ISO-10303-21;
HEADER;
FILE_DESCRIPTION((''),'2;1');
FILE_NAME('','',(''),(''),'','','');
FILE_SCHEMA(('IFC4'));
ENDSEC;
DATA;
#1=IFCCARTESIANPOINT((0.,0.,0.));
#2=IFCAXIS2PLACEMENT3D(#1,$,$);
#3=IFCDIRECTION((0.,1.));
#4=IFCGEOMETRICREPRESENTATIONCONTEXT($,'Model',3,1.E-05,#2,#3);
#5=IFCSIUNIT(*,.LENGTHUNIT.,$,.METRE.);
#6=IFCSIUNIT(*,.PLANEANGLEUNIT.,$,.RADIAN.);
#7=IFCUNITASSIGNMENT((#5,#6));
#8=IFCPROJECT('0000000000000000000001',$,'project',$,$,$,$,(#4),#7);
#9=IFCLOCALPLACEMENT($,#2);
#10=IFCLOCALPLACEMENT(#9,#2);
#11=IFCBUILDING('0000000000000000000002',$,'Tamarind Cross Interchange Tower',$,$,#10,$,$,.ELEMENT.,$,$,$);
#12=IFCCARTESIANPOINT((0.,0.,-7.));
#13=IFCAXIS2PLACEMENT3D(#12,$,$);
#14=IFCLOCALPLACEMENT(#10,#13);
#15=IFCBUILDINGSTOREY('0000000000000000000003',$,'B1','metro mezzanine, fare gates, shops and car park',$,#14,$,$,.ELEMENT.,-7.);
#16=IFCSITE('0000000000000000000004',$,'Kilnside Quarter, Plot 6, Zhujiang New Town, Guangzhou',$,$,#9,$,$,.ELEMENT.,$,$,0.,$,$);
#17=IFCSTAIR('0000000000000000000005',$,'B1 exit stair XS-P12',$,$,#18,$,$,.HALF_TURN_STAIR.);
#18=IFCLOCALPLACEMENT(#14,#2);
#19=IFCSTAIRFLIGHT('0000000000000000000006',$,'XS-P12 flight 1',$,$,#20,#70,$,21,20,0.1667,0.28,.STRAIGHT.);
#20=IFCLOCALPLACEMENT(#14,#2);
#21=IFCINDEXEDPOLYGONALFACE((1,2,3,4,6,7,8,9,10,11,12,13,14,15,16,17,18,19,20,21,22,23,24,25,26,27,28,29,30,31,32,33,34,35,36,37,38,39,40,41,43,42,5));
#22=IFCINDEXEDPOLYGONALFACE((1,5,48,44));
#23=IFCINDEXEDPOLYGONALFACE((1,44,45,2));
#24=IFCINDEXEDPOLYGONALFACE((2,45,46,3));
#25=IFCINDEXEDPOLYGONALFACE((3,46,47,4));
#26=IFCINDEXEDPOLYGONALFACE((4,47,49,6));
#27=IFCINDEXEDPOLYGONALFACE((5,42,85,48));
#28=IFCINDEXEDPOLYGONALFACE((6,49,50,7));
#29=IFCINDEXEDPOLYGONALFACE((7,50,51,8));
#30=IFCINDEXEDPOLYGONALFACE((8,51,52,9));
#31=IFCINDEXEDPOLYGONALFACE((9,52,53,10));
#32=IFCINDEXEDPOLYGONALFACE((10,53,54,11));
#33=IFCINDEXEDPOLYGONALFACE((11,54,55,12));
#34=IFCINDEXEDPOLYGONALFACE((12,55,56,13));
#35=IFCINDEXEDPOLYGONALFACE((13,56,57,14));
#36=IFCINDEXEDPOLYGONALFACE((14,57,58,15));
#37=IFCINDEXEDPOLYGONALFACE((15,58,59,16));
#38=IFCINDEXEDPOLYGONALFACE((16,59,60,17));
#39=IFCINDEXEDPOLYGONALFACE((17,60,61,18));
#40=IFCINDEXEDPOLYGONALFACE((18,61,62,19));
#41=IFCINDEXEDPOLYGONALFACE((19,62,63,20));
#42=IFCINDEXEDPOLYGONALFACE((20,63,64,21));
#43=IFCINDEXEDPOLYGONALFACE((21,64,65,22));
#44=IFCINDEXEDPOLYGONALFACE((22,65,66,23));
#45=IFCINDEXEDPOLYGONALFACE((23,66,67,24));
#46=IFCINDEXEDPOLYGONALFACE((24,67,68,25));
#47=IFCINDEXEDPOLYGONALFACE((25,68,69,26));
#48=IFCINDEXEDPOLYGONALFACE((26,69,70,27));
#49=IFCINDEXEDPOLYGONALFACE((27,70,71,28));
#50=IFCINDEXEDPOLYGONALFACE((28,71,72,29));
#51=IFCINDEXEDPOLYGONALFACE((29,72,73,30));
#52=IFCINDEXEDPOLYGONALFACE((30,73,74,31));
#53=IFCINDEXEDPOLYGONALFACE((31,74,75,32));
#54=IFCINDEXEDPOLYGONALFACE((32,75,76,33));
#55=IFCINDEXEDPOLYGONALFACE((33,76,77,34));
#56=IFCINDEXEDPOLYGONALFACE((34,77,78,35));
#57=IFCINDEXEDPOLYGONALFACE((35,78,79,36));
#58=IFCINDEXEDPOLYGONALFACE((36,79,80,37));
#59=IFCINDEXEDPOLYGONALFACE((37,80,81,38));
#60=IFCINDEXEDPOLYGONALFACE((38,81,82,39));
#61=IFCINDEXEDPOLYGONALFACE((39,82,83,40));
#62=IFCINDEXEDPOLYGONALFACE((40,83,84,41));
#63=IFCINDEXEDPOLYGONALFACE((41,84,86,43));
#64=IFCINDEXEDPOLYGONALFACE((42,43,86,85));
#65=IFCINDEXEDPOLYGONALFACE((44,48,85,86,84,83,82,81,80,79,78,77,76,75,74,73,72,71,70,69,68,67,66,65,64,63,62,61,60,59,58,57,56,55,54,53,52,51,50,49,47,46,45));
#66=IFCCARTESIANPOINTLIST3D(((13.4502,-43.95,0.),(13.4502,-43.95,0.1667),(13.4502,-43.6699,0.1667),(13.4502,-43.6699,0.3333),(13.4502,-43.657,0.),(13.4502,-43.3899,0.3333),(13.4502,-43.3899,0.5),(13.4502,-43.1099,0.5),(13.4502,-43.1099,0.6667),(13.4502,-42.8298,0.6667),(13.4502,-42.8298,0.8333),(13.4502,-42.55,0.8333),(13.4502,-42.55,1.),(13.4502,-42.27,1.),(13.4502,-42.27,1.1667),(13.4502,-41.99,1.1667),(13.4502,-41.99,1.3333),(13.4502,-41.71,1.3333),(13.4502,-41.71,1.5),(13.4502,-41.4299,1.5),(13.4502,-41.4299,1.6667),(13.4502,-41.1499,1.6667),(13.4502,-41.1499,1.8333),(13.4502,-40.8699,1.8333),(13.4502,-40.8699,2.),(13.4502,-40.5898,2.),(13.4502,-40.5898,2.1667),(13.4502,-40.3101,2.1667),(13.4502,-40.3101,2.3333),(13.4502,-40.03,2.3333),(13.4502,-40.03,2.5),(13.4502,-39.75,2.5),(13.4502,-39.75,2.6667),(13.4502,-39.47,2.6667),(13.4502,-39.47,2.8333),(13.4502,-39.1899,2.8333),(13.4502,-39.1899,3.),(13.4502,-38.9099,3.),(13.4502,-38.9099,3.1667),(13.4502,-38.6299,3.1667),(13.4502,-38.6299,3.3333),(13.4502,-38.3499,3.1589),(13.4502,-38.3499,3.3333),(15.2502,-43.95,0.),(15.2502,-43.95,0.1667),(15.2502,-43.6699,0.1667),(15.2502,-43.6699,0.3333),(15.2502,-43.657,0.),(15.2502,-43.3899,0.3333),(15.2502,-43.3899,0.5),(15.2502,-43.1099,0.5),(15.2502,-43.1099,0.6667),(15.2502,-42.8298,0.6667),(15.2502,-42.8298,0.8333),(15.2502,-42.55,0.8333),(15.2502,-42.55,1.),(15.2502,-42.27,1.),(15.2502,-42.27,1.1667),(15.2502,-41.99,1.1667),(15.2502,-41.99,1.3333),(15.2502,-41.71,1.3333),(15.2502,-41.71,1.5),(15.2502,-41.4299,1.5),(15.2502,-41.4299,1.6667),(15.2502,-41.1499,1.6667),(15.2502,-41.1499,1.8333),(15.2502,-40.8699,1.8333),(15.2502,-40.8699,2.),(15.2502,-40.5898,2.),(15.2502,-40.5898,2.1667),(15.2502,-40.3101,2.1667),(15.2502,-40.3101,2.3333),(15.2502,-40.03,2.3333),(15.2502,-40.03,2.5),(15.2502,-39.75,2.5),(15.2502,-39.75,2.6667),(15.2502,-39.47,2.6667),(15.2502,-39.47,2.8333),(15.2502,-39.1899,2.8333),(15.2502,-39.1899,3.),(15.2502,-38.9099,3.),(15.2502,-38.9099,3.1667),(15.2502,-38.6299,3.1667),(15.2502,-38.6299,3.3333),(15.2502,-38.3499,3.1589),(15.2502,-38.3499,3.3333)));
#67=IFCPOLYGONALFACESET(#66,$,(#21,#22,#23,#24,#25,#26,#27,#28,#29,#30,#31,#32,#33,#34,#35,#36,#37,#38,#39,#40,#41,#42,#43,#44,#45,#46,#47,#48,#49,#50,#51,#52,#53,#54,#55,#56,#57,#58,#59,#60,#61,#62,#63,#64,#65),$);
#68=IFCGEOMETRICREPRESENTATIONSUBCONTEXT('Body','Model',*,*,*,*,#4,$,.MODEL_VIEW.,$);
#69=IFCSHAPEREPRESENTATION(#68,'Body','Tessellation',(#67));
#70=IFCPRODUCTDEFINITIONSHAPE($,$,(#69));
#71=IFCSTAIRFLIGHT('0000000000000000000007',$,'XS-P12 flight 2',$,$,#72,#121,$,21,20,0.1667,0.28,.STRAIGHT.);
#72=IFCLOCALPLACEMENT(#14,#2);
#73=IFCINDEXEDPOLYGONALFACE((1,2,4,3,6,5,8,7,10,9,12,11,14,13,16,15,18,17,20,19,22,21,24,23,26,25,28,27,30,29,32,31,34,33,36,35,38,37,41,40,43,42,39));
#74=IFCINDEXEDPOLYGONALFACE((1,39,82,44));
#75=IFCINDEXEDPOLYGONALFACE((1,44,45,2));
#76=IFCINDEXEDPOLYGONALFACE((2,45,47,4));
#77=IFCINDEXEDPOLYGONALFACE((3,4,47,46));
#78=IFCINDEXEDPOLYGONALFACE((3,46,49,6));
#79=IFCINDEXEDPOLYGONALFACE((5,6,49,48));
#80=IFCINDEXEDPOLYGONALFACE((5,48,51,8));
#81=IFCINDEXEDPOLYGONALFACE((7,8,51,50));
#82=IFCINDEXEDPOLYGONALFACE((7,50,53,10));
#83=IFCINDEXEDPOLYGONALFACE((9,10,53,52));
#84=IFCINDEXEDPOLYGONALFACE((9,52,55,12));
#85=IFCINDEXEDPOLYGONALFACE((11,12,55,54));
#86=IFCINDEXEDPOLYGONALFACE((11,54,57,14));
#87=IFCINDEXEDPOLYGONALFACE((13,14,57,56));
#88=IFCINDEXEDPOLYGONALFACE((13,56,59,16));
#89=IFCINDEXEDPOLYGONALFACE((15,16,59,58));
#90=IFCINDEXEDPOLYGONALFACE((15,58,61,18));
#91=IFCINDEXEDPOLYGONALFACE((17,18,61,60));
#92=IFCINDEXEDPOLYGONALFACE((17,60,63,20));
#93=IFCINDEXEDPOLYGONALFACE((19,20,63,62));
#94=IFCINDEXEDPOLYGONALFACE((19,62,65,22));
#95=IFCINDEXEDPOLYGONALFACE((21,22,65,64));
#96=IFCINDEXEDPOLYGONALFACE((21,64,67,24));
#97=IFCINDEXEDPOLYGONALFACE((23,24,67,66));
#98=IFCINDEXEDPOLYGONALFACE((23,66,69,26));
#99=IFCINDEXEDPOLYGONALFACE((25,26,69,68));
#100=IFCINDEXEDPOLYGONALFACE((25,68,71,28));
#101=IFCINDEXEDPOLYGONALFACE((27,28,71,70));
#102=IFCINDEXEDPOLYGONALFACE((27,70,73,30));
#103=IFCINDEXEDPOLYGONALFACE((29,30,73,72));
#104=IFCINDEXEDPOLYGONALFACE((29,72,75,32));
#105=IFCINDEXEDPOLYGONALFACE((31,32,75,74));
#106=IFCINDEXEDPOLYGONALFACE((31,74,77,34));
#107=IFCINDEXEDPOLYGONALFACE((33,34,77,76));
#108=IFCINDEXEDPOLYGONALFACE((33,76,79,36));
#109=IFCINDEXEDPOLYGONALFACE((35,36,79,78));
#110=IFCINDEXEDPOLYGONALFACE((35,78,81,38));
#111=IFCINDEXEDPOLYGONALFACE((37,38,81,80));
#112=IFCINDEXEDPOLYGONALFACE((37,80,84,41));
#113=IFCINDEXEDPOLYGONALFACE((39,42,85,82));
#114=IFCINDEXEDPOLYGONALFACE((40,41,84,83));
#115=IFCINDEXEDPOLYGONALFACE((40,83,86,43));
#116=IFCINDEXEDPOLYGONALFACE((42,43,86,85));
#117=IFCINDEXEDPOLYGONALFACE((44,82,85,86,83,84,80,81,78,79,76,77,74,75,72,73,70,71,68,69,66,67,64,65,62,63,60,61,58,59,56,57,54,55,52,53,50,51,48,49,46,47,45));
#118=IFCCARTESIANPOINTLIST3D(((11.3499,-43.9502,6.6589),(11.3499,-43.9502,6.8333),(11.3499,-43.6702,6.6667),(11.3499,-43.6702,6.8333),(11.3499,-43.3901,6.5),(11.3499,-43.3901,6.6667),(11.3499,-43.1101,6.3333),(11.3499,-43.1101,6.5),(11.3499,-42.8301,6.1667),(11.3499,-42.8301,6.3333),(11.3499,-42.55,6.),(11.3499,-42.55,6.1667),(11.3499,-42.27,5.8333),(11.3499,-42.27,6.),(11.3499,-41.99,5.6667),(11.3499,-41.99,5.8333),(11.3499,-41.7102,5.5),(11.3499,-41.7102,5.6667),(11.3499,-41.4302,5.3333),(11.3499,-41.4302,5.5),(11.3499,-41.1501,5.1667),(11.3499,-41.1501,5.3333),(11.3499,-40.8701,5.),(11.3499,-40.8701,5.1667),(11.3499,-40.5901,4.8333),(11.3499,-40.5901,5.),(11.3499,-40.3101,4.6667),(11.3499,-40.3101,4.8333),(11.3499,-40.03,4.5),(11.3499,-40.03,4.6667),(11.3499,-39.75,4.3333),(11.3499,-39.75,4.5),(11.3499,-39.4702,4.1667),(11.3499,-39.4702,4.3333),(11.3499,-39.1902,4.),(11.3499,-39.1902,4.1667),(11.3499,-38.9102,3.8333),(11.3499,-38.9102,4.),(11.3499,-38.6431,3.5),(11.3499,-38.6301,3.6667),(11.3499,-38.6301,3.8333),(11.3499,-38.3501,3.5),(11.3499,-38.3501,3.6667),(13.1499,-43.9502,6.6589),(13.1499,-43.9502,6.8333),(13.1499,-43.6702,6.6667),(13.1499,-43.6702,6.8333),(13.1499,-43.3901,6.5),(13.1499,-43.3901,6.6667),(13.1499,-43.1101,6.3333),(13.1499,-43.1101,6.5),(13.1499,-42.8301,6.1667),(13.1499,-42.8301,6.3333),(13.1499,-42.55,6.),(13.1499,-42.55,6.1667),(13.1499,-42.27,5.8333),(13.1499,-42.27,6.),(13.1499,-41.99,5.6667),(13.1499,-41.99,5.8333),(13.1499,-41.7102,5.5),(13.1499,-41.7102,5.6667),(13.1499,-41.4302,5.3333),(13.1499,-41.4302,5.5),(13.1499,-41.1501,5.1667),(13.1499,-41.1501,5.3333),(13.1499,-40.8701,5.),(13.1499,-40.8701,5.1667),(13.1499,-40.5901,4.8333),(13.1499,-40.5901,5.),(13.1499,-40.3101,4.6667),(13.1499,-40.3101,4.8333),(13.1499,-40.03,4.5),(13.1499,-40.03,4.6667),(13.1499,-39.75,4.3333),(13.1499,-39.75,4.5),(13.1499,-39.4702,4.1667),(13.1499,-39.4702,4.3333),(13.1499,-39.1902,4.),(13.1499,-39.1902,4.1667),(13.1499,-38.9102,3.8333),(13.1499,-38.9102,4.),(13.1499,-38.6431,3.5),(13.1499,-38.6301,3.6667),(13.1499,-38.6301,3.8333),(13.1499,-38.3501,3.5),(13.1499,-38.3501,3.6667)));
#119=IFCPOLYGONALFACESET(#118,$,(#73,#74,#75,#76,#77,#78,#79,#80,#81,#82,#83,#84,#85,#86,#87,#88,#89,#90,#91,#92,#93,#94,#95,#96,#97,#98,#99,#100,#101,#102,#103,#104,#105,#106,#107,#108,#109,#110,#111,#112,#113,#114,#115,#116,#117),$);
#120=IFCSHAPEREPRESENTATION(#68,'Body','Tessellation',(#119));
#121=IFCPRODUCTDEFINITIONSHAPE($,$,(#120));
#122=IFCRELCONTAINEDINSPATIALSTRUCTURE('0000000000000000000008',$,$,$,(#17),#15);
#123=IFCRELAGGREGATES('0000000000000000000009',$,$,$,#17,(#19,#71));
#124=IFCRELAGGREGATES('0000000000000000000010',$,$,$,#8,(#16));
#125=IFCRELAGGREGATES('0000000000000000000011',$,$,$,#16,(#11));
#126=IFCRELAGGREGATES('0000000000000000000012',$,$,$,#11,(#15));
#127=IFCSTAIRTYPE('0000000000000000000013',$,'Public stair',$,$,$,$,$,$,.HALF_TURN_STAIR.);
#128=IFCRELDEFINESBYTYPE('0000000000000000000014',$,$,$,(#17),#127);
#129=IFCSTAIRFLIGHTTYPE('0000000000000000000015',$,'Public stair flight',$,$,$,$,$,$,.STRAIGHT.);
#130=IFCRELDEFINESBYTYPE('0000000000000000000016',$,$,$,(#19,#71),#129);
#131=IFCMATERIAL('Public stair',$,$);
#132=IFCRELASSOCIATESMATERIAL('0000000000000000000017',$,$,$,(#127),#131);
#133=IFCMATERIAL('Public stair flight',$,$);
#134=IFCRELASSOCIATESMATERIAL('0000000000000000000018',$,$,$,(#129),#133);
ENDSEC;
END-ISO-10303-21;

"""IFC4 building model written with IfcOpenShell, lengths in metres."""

from ifc_helpers import new_model, si_unit, direction, frame, origin, place, context, subcontext, project, spatial, polyline, outline, extrude, material, type_object, element, aggregate, save


model = new_model("IFC4")

# Units and contexts
model_context = context("Model", 3, precision=1e-05, world=origin(), true_north=direction((0.0, 1.0)))
body_context = subcontext(model_context, "Body", "Model", "MODEL_VIEW")
ifc_project = project(units=[si_unit("LENGTHUNIT", "METRE"), si_unit("PLANEANGLEUNIT", "RADIAN")], contexts=[model_context])

# Site, building, storey
site_placement = place(None, origin())
site = spatial("IfcSite", under=ifc_project, at=site_placement, Name="Kilnside Quarter, Plot 6, Zhujiang New Town, Guangzhou", CompositionType="ELEMENT", RefElevation=0.0)
building_placement = place(site_placement, origin())
building = spatial("IfcBuilding", under=site, at=building_placement, Name="Tamarind Cross Interchange Tower", CompositionType="ELEMENT")
storey_placement = place(building_placement, frame((0.0, 0.0, -7.0)))
storey = spatial("IfcBuildingStorey", under=building, at=storey_placement, Name="B1", Description="metro mezzanine, fare gates, shops and car park", CompositionType="ELEMENT", Elevation=-7.0)

# Stair, stair flights
ifc_material_1 = material(Name="Public stair")
stair_type = type_object("IfcStairType", Name="Public stair", PredefinedType="HALF_TURN_STAIR", material=ifc_material_1)
stair_placement = place(storey_placement, origin())
stair = element("IfcStair", 1, at=stair_placement, inside=storey, type_object=stair_type, Name="B1 exit stair XS-P12", PredefinedType="HALF_TURN_STAIR")
ifc_material_2 = material(Name="Public stair flight")
stair_flight_type = type_object("IfcStairFlightType", Name="Public stair flight", PredefinedType="STRAIGHT", material=ifc_material_2)
stair_flight_1_placement = place(storey_placement, frame((14.3501, -43.95, 0.0), z_axis=(0.0, 0.0, 1.0), x_axis=(0.0, 1.0, 0.0)))
stair_flight_1 = element("IfcStairFlight", 2, at=stair_flight_1_placement, type_object=stair_flight_type, Name="XS-P12 flight 1", NumberOfRisers=21, NumberOfTreads=20, PredefinedType="STRAIGHT", RiserHeight=0.1667, TreadLength=0.28, context=body_context, shape_type="SweptSolid", body=[
    extrude(outline(polyline([(0.0, 0.0), (0.0, 0.1667), (0.28, 0.1667), (0.28, 0.3333), (0.5601, 0.3333), (0.5601, 0.5), (0.8401, 0.5), (0.8401, 0.6667), (1.1201, 0.6667), (1.1201, 0.8333), (1.3999, 0.8333), (1.3999, 1.0), (1.6799, 1.0), (1.6799, 1.1667), (1.96, 1.1667), (1.96, 1.3333), (2.24, 1.3333), (2.24, 1.5), (2.52, 1.5), (2.52, 1.6667), (2.8, 1.6667), (2.8, 1.8333), (3.0801, 1.8333), (3.0801, 2.0), (3.3601, 2.0), (3.3601, 2.1667), (3.6399, 2.1667), (3.6399, 2.3333), (3.9199, 2.3333), (3.9199, 2.5), (4.2, 2.5), (4.2, 2.6667), (4.48, 2.6667), (4.48, 2.8333), (4.76, 2.8333), (4.76, 3.0), (5.04, 3.0), (5.04, 3.1667), (5.3201, 3.1667), (5.3201, 3.3333), (5.6001, 3.3333), (5.6001, 3.5), (5.6001, 3.1589), (0.293, 0.0), (0.0, 0.0)])), frame((0.0, 0.8999, 0.0), z_axis=(0.0, -1.0, 0.0), x_axis=(1.0, 0.0, 0.0)), (0.0, 0.0, 1.0), 1.8),
])
stair_flight_2_placement = place(storey_placement, frame((12.25, -38.3501, 3.5), z_axis=(0.0, 0.0, 1.0), x_axis=(0.0, -1.0, 0.0)))
stair_flight_2 = element("IfcStairFlight", 3, at=stair_flight_2_placement, type_object=stair_flight_type, Name="XS-P12 flight 2", NumberOfRisers=21, NumberOfTreads=20, PredefinedType="STRAIGHT", RiserHeight=0.1667, TreadLength=0.28, context=body_context, shape_type="SweptSolid", body=[
    extrude(outline(polyline([(0.0, 0.0), (0.0, 0.1667), (0.28, 0.1667), (0.28, 0.3333), (0.5601, 0.3333), (0.5601, 0.5), (0.8401, 0.5), (0.8401, 0.6667), (1.1201, 0.6667), (1.1201, 0.8333), (1.3999, 0.8333), (1.3999, 1.0), (1.6799, 1.0), (1.6799, 1.1667), (1.96, 1.1667), (1.96, 1.3333), (2.24, 1.3333), (2.24, 1.5), (2.52, 1.5), (2.52, 1.6667), (2.8, 1.6667), (2.8, 1.8333), (3.0801, 1.8333), (3.0801, 2.0), (3.3601, 2.0), (3.3601, 2.1667), (3.6399, 2.1667), (3.6399, 2.3333), (3.9199, 2.3333), (3.9199, 2.5), (4.2, 2.5), (4.2, 2.6667), (4.48, 2.6667), (4.48, 2.8333), (4.76, 2.8333), (4.76, 3.0), (5.04, 3.0), (5.04, 3.1667), (5.3201, 3.1667), (5.3201, 3.3333), (5.6001, 3.3333), (5.6001, 3.5), (5.6001, 3.1589), (0.293, 0.0), (0.0, 0.0)])), frame((0.0, 0.8999, 0.0), z_axis=(0.0, -1.0, 0.0), x_axis=(1.0, 0.0, 0.0)), (0.0, 0.0, 1.0), 1.8),
])
aggregate(stair, [stair_flight_1, stair_flight_2])

save(model, "model.ifc")
